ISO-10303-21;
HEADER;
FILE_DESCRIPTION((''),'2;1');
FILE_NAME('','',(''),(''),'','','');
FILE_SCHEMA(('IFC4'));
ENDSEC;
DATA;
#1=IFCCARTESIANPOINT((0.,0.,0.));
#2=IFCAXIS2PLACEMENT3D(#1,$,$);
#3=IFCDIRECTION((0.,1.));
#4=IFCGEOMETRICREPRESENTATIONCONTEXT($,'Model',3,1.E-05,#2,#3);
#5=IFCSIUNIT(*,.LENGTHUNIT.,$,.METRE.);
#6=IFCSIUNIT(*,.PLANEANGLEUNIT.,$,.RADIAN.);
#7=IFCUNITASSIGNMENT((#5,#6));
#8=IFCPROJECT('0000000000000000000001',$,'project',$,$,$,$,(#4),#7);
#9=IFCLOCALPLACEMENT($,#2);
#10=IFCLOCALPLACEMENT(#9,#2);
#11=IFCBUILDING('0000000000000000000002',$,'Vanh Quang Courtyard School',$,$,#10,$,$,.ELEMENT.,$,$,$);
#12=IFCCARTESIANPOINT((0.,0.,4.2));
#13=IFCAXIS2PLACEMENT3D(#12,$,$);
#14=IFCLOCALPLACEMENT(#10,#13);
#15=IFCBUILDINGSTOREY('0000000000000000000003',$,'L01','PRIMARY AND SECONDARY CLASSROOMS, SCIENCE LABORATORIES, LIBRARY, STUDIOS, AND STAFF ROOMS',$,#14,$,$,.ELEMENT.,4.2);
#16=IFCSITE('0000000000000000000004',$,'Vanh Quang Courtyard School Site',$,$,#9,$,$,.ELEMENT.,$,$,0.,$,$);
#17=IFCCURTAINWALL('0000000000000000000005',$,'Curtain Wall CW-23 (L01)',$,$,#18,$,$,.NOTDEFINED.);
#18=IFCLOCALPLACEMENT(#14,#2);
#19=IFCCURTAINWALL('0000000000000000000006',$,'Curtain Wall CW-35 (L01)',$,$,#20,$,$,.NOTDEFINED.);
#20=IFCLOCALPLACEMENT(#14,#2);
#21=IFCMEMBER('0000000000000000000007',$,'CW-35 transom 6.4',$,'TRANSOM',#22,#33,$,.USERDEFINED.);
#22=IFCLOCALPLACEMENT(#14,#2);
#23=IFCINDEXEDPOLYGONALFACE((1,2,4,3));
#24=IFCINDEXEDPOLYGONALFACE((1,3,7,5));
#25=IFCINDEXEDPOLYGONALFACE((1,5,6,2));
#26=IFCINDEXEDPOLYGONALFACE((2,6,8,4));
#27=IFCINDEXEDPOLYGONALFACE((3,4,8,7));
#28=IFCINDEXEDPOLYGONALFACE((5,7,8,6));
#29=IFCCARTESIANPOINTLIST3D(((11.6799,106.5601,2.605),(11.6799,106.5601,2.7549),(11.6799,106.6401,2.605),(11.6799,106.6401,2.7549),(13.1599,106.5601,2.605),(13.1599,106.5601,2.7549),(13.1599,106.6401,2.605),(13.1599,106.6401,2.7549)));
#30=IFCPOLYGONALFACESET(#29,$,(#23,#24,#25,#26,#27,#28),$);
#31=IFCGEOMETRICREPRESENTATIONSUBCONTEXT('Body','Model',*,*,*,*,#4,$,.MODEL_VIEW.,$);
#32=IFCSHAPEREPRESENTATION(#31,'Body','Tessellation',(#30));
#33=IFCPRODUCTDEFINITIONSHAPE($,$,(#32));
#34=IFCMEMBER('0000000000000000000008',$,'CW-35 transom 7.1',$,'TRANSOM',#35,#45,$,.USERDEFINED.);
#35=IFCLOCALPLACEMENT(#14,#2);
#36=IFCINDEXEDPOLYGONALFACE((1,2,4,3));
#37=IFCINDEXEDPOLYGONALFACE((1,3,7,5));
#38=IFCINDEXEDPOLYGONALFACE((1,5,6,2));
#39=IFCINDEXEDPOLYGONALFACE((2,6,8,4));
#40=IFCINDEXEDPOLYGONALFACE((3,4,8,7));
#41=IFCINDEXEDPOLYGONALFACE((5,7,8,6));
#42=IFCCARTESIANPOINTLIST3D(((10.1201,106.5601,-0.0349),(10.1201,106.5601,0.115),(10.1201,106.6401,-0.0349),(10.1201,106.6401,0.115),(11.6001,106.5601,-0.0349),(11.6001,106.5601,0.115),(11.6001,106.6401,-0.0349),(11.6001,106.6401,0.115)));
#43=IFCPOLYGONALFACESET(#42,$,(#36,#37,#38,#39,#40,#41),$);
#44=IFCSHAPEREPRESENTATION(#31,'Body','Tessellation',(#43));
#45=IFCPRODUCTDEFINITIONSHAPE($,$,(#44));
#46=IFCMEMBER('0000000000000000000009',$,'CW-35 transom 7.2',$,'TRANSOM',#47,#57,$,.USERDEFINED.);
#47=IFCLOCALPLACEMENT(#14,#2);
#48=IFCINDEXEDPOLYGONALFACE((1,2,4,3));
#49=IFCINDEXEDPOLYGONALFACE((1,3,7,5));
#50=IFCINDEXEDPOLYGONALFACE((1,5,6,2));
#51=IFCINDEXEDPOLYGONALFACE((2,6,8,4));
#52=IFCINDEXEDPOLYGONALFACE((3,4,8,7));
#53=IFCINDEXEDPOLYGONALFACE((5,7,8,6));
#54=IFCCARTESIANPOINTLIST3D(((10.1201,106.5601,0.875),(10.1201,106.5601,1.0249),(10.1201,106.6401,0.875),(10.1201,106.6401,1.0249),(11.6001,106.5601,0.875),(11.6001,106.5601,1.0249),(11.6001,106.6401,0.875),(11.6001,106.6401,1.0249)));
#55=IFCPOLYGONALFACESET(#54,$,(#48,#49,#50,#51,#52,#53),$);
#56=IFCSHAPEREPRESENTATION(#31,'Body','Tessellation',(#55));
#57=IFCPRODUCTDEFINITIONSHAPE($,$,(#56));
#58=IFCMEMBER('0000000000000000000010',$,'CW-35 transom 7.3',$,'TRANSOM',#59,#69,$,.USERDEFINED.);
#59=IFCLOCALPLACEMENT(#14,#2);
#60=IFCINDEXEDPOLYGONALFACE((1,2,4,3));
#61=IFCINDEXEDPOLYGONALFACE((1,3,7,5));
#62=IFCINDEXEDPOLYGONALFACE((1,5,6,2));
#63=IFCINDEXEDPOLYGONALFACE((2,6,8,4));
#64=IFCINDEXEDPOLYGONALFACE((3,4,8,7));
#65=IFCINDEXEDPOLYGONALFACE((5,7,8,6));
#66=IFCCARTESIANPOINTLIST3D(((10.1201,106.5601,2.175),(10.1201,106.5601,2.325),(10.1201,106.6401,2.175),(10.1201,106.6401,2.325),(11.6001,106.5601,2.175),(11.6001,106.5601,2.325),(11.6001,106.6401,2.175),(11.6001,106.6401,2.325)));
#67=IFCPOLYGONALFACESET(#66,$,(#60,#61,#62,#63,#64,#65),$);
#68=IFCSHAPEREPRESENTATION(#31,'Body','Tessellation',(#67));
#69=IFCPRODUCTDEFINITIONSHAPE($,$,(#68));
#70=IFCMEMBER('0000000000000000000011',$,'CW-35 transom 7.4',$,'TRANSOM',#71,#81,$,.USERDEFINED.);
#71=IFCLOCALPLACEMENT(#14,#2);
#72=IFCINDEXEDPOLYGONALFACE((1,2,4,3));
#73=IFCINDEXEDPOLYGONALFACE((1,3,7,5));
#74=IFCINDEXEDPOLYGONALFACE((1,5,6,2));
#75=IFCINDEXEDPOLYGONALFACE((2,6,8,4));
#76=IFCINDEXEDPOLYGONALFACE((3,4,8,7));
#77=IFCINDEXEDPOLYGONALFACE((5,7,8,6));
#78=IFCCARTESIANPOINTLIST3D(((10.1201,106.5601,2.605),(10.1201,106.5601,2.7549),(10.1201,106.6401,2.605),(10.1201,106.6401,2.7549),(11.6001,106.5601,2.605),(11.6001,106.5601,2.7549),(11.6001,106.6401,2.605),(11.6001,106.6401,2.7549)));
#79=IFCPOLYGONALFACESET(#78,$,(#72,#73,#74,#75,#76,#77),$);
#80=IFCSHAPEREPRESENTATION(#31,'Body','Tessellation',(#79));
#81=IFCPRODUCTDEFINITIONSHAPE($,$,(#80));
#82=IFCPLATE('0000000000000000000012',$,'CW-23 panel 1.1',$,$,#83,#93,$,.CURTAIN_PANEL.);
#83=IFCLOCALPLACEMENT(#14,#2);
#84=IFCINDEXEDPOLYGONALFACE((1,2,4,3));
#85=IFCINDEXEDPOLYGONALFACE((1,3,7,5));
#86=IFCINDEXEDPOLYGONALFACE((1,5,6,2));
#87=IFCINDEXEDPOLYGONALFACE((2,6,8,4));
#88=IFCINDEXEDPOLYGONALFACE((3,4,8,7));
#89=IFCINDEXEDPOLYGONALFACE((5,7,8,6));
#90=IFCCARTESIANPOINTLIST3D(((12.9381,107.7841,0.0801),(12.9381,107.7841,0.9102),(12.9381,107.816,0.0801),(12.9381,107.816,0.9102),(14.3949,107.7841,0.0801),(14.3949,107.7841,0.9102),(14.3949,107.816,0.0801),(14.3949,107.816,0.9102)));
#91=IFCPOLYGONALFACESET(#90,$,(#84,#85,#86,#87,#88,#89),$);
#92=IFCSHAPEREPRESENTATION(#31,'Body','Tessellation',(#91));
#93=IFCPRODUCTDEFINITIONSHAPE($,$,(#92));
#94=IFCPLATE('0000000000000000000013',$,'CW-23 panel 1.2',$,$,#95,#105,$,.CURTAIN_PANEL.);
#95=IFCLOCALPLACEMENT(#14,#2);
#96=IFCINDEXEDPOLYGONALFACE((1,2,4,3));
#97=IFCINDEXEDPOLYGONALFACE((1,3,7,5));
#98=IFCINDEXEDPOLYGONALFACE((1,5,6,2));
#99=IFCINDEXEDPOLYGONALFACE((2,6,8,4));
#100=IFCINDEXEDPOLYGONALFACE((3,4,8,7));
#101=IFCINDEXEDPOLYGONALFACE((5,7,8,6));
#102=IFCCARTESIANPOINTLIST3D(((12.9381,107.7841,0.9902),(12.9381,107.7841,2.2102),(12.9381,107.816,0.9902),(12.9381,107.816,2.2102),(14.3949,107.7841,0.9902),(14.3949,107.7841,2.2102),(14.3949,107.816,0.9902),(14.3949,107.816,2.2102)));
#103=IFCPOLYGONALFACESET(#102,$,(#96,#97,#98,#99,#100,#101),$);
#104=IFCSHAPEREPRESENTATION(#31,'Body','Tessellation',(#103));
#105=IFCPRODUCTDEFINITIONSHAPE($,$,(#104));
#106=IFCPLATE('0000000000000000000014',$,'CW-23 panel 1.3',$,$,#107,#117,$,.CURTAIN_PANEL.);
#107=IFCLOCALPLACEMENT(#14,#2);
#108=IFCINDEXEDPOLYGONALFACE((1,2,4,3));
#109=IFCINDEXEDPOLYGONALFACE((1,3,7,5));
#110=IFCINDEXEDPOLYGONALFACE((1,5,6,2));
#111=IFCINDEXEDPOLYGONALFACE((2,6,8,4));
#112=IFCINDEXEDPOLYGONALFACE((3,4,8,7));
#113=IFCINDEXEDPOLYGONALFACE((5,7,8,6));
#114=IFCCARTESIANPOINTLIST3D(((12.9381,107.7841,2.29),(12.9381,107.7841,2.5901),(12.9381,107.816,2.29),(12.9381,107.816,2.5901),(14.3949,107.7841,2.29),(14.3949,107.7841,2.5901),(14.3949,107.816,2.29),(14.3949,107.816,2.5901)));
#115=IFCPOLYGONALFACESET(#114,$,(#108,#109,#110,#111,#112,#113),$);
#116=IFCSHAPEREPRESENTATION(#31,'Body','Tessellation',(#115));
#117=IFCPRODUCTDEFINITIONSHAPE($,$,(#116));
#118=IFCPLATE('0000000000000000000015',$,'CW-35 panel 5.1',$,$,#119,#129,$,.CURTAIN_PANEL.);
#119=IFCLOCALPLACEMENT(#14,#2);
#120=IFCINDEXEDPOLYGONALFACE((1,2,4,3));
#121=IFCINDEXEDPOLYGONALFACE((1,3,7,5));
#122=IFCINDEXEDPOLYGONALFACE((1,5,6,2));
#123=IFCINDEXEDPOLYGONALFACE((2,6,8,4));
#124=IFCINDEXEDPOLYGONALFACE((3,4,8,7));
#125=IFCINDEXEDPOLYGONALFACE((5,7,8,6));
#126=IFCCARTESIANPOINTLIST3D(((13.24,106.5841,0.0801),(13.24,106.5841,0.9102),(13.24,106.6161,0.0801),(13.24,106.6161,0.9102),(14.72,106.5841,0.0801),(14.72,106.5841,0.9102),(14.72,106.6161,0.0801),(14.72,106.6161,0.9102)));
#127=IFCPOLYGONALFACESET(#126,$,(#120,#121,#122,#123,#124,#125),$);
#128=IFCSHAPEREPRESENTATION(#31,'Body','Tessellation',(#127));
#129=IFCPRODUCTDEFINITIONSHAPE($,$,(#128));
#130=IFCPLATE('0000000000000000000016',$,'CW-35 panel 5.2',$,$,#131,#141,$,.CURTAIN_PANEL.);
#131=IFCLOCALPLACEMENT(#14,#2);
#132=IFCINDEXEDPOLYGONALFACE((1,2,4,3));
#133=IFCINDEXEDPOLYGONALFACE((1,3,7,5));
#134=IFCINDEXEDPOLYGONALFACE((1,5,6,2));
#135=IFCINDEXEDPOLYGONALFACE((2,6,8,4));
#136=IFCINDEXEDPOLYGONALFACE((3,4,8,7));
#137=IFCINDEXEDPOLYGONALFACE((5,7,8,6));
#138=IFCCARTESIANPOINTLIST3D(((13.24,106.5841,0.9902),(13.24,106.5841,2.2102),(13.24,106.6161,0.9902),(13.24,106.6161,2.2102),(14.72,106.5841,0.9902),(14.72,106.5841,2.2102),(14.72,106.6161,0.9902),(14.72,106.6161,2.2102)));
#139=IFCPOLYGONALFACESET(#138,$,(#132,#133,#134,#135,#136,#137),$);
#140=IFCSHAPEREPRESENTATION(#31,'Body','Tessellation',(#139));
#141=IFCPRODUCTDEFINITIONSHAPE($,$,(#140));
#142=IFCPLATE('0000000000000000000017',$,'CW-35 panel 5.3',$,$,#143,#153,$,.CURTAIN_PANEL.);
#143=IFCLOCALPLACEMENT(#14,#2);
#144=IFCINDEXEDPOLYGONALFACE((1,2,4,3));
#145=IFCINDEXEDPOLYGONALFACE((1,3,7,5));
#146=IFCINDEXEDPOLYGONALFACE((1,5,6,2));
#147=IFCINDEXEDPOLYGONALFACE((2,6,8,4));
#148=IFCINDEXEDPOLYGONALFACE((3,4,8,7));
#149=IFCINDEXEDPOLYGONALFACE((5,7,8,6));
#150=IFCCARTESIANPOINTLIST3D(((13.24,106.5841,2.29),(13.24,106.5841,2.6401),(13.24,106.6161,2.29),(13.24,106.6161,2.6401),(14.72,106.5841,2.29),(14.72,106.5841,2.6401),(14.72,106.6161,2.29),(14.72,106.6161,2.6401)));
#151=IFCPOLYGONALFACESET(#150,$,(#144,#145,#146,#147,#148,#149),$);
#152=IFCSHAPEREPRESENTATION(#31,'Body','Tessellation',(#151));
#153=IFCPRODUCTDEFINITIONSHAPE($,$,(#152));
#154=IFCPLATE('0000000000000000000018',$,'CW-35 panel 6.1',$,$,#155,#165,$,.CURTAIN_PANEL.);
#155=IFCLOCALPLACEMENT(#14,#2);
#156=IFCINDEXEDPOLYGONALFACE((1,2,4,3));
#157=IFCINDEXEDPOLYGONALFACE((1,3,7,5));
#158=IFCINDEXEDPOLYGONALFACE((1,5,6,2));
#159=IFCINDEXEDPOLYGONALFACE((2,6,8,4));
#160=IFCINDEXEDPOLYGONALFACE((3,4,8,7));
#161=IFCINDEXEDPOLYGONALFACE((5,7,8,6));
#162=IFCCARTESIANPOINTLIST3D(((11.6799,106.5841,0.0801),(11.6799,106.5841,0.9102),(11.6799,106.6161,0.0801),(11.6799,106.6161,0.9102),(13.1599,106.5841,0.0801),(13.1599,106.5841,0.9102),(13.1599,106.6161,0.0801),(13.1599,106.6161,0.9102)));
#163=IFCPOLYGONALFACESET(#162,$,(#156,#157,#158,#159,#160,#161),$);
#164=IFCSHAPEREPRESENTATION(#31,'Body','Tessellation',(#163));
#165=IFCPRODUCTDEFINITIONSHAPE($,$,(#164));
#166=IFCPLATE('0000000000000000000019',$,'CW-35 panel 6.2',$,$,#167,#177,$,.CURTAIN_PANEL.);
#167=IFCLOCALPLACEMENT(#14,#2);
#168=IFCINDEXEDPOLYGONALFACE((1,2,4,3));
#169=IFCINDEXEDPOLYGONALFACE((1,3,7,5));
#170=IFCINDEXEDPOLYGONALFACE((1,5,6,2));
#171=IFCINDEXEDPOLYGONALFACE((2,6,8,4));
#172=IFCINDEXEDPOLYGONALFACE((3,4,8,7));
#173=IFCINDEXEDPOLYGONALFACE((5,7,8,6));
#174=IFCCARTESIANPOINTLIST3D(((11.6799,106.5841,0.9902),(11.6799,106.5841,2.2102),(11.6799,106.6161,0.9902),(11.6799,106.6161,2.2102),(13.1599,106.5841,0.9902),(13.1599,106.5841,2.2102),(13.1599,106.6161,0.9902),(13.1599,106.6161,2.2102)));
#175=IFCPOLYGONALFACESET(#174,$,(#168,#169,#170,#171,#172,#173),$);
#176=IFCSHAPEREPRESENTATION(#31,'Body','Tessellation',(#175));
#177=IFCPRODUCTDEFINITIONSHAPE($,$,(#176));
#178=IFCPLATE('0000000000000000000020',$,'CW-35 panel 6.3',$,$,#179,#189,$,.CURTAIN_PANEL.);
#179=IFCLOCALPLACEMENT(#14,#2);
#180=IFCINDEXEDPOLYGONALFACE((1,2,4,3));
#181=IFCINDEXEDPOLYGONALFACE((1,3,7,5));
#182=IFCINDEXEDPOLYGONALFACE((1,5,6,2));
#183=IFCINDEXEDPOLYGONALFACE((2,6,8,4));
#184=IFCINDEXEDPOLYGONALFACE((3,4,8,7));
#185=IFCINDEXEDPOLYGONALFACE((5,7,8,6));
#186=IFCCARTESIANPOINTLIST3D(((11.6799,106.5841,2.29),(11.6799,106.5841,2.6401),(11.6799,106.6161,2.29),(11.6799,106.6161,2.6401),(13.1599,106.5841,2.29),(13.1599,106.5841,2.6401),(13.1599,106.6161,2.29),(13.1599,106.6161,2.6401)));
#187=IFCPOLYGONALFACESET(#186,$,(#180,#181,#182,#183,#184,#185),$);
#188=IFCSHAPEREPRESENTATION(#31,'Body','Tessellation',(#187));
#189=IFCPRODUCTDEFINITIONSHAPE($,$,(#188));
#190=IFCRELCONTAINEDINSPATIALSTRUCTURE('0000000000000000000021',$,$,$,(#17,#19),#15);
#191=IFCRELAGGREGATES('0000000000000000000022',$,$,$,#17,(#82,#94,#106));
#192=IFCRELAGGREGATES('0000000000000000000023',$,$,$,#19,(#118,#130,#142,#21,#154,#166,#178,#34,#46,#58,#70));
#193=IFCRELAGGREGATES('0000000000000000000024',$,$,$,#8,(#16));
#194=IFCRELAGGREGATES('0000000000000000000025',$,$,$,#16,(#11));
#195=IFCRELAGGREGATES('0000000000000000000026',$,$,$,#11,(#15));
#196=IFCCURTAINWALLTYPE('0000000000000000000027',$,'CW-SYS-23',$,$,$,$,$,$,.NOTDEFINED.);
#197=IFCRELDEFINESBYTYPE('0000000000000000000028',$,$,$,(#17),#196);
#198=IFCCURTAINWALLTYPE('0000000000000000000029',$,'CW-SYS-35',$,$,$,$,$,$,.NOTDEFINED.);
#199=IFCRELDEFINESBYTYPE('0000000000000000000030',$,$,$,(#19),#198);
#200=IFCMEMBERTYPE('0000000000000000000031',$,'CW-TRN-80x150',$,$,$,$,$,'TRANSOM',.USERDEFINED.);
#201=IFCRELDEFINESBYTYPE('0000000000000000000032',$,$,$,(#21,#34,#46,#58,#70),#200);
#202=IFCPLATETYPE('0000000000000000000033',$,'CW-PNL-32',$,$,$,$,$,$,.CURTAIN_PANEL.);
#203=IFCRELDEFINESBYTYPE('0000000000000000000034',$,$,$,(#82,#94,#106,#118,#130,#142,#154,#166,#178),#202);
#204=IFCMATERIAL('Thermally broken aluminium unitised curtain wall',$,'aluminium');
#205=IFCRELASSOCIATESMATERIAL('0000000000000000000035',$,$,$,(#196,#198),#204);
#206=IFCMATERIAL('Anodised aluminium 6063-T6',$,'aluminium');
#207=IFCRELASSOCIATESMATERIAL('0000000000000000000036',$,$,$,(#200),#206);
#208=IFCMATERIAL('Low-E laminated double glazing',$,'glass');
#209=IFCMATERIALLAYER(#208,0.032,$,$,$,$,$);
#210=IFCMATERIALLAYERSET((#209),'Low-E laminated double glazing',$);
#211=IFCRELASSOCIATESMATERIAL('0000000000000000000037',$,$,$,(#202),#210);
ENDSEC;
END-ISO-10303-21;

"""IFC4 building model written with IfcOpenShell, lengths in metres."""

from ifc_helpers import new_model, si_unit, direction, frame, origin, origin_2d, place, context, subcontext, project, spatial, rectangle, extrude, material, layer, layer_set, material_profile, profile_set, type_object, element, aggregate, save


model = new_model("IFC4")

# Units and contexts
model_context = context("Model", 3, precision=1e-05, world=origin(), true_north=direction((0.0, 1.0)))
body_context = subcontext(model_context, "Body", "Model", "MODEL_VIEW")
ifc_project = project(units=[si_unit("LENGTHUNIT", "METRE"), si_unit("PLANEANGLEUNIT", "RADIAN")], contexts=[model_context])

# Site, building, storey
site_placement = place(None, origin())
site = spatial("IfcSite", under=ifc_project, at=site_placement, Name="Vanh Quang Courtyard School Site", CompositionType="ELEMENT", RefElevation=0.0)
building_placement = place(site_placement, origin())
building = spatial("IfcBuilding", under=site, at=building_placement, Name="Vanh Quang Courtyard School", CompositionType="ELEMENT")
storey_placement = place(building_placement, frame((0.0, 0.0, 4.2)))
storey = spatial("IfcBuildingStorey", under=building, at=storey_placement, Name="L01", Description="PRIMARY AND SECONDARY CLASSROOMS, SCIENCE LABORATORIES, LIBRARY, STUDIOS, AND STAFF ROOMS", CompositionType="ELEMENT", Elevation=4.2)

# Curtain walls
ifc_material_1 = material(Name="Thermally broken aluminium unitised curtain wall", Category="aluminium")
curtain_wall_type_1 = type_object("IfcCurtainWallType", Name="CW-SYS-23", PredefinedType="NOTDEFINED", material=ifc_material_1)
curtain_wall_1_placement = place(storey_placement, origin())
curtain_wall_1 = element("IfcCurtainWall", 1, at=curtain_wall_1_placement, inside=storey, type_object=curtain_wall_type_1, Name="Curtain Wall CW-23 (L01)", PredefinedType="NOTDEFINED")
ifc_material_2 = material(Name="Anodised aluminium 6063-T6", Category="aluminium")
curtain_wall_type_2 = type_object("IfcCurtainWallType", Name="CW-SYS-35", PredefinedType="NOTDEFINED", material=ifc_material_1)
curtain_wall_2_placement = place(storey_placement, origin())
curtain_wall_2 = element("IfcCurtainWall", 2, at=curtain_wall_2_placement, inside=storey, type_object=curtain_wall_type_2, Name="Curtain Wall CW-35 (L01)", PredefinedType="NOTDEFINED")

# Members
ifc_material_profile_1 = material_profile(ifc_material_2, rectangle(XDim=0.0801, YDim=0.1499, at=origin_2d()), Name="ALU-TRN 80x150")
ifc_profile_set_1 = profile_set([ifc_material_profile_1], Name="Anodised aluminium 6063-T6")
member_type_1 = type_object("IfcMemberType", Name="CW-TRN-80x150", ElementType="TRANSOM", PredefinedType="USERDEFINED", material=ifc_profile_set_1)
member_1_placement = place(storey_placement, frame((13.1599, 106.6001, 2.6799), z_axis=(-1.0, 0.0, 0.0), x_axis=(0.0, -1.0, 0.0)))
member_1 = element("IfcMember", 3, at=member_1_placement, type_object=member_type_1, Name="CW-35 transom 6.4", ObjectType="TRANSOM", PredefinedType="USERDEFINED", context=body_context, shape_type="SweptSolid", body=[
    extrude(rectangle(XDim=0.0801, YDim=0.1499, at=origin_2d()), origin(), (0.0, 0.0, 1.0), 1.48),
])
member_2_placement = place(storey_placement, frame((11.6001, 106.6001, 0.04), z_axis=(-1.0, 0.0, 0.0), x_axis=(0.0, -1.0, 0.0)))
member_2 = element("IfcMember", 4, at=member_2_placement, type_object=member_type_1, Name="CW-35 transom 7.1", ObjectType="TRANSOM", PredefinedType="USERDEFINED", context=body_context, shape_type="SweptSolid", body=[
    extrude(rectangle(XDim=0.0801, YDim=0.1499, at=origin_2d()), origin(), (0.0, 0.0, 1.0), 1.48),
])
member_3_placement = place(storey_placement, frame((11.6001, 106.6001, 0.95), z_axis=(-1.0, 0.0, 0.0), x_axis=(0.0, -1.0, 0.0)))
member_3 = element("IfcMember", 5, at=member_3_placement, type_object=member_type_1, Name="CW-35 transom 7.2", ObjectType="TRANSOM", PredefinedType="USERDEFINED", context=body_context, shape_type="SweptSolid", body=[
    extrude(rectangle(XDim=0.0801, YDim=0.1499, at=origin_2d()), origin(), (0.0, 0.0, 1.0), 1.48),
])
member_4_placement = place(storey_placement, frame((11.6001, 106.6001, 2.25), z_axis=(-1.0, 0.0, 0.0), x_axis=(0.0, -1.0, 0.0)))
member_4 = element("IfcMember", 6, at=member_4_placement, type_object=member_type_1, Name="CW-35 transom 7.3", ObjectType="TRANSOM", PredefinedType="USERDEFINED", context=body_context, shape_type="SweptSolid", body=[
    extrude(rectangle(XDim=0.0801, YDim=0.1499, at=origin_2d()), origin(), (0.0, 0.0, 1.0), 1.48),
])
member_5_placement = place(storey_placement, frame((11.6001, 106.6001, 2.6799), z_axis=(-1.0, 0.0, 0.0), x_axis=(0.0, -1.0, 0.0)))
member_5 = element("IfcMember", 7, at=member_5_placement, type_object=member_type_1, Name="CW-35 transom 7.4", ObjectType="TRANSOM", PredefinedType="USERDEFINED", context=body_context, shape_type="SweptSolid", body=[
    extrude(rectangle(XDim=0.0801, YDim=0.1499, at=origin_2d()), origin(), (0.0, 0.0, 1.0), 1.48),
])

# Plates
ifc_material_3 = material(Name="Low-E laminated double glazing", Category="glass")
ifc_layer_1 = layer(ifc_material_3, 0.032)
ifc_layer_set_1 = layer_set([ifc_layer_1], Name="Low-E laminated double glazing")
plate_type = type_object("IfcPlateType", Name="CW-PNL-32", PredefinedType="CURTAIN_PANEL", material=ifc_layer_set_1)
plate_1_placement = place(storey_placement, frame((13.6665, 107.8, 0.0801), z_axis=(0.0, 0.0, 1.0), x_axis=(1.0, 0.0, 0.0)))
plate_1 = element("IfcPlate", 8, at=plate_1_placement, type_object=plate_type, Name="CW-23 panel 1.1", PredefinedType="CURTAIN_PANEL", context=body_context, shape_type="SweptSolid", body=[
    extrude(rectangle(XDim=1.4568, YDim=0.032, at=origin_2d()), origin(), (0.0, 0.0, 1.0), 0.8301),
])
plate_2_placement = place(storey_placement, frame((13.6665, 107.8, 0.9902), z_axis=(0.0, 0.0, 1.0), x_axis=(1.0, 0.0, 0.0)))
plate_2 = element("IfcPlate", 9, at=plate_2_placement, type_object=plate_type, Name="CW-23 panel 1.2", PredefinedType="CURTAIN_PANEL", context=body_context, shape_type="SweptSolid", body=[
    extrude(rectangle(XDim=1.4568, YDim=0.032, at=origin_2d()), origin(), (0.0, 0.0, 1.0), 1.22),
])
plate_3_placement = place(storey_placement, frame((13.6665, 107.8, 2.29), z_axis=(0.0, 0.0, 1.0), x_axis=(1.0, 0.0, 0.0)))
plate_3 = element("IfcPlate", 10, at=plate_3_placement, type_object=plate_type, Name="CW-23 panel 1.3", PredefinedType="CURTAIN_PANEL", context=body_context, shape_type="SweptSolid", body=[
    extrude(rectangle(XDim=1.4568, YDim=0.032, at=origin_2d()), origin(), (0.0, 0.0, 1.0), 0.3),
])
aggregate(curtain_wall_1, [plate_1, plate_2, plate_3])
plate_4_placement = place(storey_placement, frame((13.98, 106.6001, 0.0801), z_axis=(0.0, 0.0, 1.0), x_axis=(-1.0, 0.0, 0.0)))
plate_4 = element("IfcPlate", 11, at=plate_4_placement, type_object=plate_type, Name="CW-35 panel 5.1", PredefinedType="CURTAIN_PANEL", context=body_context, shape_type="SweptSolid", body=[
    extrude(rectangle(XDim=1.48, YDim=0.032, at=origin_2d()), origin(), (0.0, 0.0, 1.0), 0.8301),
])
plate_5_placement = place(storey_placement, frame((13.98, 106.6001, 0.9902), z_axis=(0.0, 0.0, 1.0), x_axis=(-1.0, 0.0, 0.0)))
plate_5 = element("IfcPlate", 12, at=plate_5_placement, type_object=plate_type, Name="CW-35 panel 5.2", PredefinedType="CURTAIN_PANEL", context=body_context, shape_type="SweptSolid", body=[
    extrude(rectangle(XDim=1.48, YDim=0.032, at=origin_2d()), origin(), (0.0, 0.0, 1.0), 1.22),
])
plate_6_placement = place(storey_placement, frame((13.98, 106.6001, 2.29), z_axis=(0.0, 0.0, 1.0), x_axis=(-1.0, 0.0, 0.0)))
plate_6 = element("IfcPlate", 13, at=plate_6_placement, type_object=plate_type, Name="CW-35 panel 5.3", PredefinedType="CURTAIN_PANEL", context=body_context, shape_type="SweptSolid", body=[
    extrude(rectangle(XDim=1.48, YDim=0.032, at=origin_2d()), origin(), (0.0, 0.0, 1.0), 0.3501),
])
plate_7_placement = place(storey_placement, frame((12.4199, 106.6001, 0.0801), z_axis=(0.0, 0.0, 1.0), x_axis=(-1.0, 0.0, 0.0)))
plate_7 = element("IfcPlate", 14, at=plate_7_placement, type_object=plate_type, Name="CW-35 panel 6.1", PredefinedType="CURTAIN_PANEL", context=body_context, shape_type="SweptSolid", body=[
    extrude(rectangle(XDim=1.48, YDim=0.032, at=origin_2d()), origin(), (0.0, 0.0, 1.0), 0.8301),
])
plate_8_placement = place(storey_placement, frame((12.4199, 106.6001, 0.9902), z_axis=(0.0, 0.0, 1.0), x_axis=(-1.0, 0.0, 0.0)))
plate_8 = element("IfcPlate", 15, at=plate_8_placement, type_object=plate_type, Name="CW-35 panel 6.2", PredefinedType="CURTAIN_PANEL", context=body_context, shape_type="SweptSolid", body=[
    extrude(rectangle(XDim=1.48, YDim=0.032, at=origin_2d()), origin(), (0.0, 0.0, 1.0), 1.22),
])
plate_9_placement = place(storey_placement, frame((12.4199, 106.6001, 2.29), z_axis=(0.0, 0.0, 1.0), x_axis=(-1.0, 0.0, 0.0)))
plate_9 = element("IfcPlate", 16, at=plate_9_placement, type_object=plate_type, Name="CW-35 panel 6.3", PredefinedType="CURTAIN_PANEL", context=body_context, shape_type="SweptSolid", body=[
    extrude(rectangle(XDim=1.48, YDim=0.032, at=origin_2d()), origin(), (0.0, 0.0, 1.0), 0.3501),
])
aggregate(curtain_wall_2, [plate_4, plate_5, plate_6, member_1, plate_7, plate_8, plate_9, member_2, member_3, member_4, member_5])

save(model, "model.ifc")
